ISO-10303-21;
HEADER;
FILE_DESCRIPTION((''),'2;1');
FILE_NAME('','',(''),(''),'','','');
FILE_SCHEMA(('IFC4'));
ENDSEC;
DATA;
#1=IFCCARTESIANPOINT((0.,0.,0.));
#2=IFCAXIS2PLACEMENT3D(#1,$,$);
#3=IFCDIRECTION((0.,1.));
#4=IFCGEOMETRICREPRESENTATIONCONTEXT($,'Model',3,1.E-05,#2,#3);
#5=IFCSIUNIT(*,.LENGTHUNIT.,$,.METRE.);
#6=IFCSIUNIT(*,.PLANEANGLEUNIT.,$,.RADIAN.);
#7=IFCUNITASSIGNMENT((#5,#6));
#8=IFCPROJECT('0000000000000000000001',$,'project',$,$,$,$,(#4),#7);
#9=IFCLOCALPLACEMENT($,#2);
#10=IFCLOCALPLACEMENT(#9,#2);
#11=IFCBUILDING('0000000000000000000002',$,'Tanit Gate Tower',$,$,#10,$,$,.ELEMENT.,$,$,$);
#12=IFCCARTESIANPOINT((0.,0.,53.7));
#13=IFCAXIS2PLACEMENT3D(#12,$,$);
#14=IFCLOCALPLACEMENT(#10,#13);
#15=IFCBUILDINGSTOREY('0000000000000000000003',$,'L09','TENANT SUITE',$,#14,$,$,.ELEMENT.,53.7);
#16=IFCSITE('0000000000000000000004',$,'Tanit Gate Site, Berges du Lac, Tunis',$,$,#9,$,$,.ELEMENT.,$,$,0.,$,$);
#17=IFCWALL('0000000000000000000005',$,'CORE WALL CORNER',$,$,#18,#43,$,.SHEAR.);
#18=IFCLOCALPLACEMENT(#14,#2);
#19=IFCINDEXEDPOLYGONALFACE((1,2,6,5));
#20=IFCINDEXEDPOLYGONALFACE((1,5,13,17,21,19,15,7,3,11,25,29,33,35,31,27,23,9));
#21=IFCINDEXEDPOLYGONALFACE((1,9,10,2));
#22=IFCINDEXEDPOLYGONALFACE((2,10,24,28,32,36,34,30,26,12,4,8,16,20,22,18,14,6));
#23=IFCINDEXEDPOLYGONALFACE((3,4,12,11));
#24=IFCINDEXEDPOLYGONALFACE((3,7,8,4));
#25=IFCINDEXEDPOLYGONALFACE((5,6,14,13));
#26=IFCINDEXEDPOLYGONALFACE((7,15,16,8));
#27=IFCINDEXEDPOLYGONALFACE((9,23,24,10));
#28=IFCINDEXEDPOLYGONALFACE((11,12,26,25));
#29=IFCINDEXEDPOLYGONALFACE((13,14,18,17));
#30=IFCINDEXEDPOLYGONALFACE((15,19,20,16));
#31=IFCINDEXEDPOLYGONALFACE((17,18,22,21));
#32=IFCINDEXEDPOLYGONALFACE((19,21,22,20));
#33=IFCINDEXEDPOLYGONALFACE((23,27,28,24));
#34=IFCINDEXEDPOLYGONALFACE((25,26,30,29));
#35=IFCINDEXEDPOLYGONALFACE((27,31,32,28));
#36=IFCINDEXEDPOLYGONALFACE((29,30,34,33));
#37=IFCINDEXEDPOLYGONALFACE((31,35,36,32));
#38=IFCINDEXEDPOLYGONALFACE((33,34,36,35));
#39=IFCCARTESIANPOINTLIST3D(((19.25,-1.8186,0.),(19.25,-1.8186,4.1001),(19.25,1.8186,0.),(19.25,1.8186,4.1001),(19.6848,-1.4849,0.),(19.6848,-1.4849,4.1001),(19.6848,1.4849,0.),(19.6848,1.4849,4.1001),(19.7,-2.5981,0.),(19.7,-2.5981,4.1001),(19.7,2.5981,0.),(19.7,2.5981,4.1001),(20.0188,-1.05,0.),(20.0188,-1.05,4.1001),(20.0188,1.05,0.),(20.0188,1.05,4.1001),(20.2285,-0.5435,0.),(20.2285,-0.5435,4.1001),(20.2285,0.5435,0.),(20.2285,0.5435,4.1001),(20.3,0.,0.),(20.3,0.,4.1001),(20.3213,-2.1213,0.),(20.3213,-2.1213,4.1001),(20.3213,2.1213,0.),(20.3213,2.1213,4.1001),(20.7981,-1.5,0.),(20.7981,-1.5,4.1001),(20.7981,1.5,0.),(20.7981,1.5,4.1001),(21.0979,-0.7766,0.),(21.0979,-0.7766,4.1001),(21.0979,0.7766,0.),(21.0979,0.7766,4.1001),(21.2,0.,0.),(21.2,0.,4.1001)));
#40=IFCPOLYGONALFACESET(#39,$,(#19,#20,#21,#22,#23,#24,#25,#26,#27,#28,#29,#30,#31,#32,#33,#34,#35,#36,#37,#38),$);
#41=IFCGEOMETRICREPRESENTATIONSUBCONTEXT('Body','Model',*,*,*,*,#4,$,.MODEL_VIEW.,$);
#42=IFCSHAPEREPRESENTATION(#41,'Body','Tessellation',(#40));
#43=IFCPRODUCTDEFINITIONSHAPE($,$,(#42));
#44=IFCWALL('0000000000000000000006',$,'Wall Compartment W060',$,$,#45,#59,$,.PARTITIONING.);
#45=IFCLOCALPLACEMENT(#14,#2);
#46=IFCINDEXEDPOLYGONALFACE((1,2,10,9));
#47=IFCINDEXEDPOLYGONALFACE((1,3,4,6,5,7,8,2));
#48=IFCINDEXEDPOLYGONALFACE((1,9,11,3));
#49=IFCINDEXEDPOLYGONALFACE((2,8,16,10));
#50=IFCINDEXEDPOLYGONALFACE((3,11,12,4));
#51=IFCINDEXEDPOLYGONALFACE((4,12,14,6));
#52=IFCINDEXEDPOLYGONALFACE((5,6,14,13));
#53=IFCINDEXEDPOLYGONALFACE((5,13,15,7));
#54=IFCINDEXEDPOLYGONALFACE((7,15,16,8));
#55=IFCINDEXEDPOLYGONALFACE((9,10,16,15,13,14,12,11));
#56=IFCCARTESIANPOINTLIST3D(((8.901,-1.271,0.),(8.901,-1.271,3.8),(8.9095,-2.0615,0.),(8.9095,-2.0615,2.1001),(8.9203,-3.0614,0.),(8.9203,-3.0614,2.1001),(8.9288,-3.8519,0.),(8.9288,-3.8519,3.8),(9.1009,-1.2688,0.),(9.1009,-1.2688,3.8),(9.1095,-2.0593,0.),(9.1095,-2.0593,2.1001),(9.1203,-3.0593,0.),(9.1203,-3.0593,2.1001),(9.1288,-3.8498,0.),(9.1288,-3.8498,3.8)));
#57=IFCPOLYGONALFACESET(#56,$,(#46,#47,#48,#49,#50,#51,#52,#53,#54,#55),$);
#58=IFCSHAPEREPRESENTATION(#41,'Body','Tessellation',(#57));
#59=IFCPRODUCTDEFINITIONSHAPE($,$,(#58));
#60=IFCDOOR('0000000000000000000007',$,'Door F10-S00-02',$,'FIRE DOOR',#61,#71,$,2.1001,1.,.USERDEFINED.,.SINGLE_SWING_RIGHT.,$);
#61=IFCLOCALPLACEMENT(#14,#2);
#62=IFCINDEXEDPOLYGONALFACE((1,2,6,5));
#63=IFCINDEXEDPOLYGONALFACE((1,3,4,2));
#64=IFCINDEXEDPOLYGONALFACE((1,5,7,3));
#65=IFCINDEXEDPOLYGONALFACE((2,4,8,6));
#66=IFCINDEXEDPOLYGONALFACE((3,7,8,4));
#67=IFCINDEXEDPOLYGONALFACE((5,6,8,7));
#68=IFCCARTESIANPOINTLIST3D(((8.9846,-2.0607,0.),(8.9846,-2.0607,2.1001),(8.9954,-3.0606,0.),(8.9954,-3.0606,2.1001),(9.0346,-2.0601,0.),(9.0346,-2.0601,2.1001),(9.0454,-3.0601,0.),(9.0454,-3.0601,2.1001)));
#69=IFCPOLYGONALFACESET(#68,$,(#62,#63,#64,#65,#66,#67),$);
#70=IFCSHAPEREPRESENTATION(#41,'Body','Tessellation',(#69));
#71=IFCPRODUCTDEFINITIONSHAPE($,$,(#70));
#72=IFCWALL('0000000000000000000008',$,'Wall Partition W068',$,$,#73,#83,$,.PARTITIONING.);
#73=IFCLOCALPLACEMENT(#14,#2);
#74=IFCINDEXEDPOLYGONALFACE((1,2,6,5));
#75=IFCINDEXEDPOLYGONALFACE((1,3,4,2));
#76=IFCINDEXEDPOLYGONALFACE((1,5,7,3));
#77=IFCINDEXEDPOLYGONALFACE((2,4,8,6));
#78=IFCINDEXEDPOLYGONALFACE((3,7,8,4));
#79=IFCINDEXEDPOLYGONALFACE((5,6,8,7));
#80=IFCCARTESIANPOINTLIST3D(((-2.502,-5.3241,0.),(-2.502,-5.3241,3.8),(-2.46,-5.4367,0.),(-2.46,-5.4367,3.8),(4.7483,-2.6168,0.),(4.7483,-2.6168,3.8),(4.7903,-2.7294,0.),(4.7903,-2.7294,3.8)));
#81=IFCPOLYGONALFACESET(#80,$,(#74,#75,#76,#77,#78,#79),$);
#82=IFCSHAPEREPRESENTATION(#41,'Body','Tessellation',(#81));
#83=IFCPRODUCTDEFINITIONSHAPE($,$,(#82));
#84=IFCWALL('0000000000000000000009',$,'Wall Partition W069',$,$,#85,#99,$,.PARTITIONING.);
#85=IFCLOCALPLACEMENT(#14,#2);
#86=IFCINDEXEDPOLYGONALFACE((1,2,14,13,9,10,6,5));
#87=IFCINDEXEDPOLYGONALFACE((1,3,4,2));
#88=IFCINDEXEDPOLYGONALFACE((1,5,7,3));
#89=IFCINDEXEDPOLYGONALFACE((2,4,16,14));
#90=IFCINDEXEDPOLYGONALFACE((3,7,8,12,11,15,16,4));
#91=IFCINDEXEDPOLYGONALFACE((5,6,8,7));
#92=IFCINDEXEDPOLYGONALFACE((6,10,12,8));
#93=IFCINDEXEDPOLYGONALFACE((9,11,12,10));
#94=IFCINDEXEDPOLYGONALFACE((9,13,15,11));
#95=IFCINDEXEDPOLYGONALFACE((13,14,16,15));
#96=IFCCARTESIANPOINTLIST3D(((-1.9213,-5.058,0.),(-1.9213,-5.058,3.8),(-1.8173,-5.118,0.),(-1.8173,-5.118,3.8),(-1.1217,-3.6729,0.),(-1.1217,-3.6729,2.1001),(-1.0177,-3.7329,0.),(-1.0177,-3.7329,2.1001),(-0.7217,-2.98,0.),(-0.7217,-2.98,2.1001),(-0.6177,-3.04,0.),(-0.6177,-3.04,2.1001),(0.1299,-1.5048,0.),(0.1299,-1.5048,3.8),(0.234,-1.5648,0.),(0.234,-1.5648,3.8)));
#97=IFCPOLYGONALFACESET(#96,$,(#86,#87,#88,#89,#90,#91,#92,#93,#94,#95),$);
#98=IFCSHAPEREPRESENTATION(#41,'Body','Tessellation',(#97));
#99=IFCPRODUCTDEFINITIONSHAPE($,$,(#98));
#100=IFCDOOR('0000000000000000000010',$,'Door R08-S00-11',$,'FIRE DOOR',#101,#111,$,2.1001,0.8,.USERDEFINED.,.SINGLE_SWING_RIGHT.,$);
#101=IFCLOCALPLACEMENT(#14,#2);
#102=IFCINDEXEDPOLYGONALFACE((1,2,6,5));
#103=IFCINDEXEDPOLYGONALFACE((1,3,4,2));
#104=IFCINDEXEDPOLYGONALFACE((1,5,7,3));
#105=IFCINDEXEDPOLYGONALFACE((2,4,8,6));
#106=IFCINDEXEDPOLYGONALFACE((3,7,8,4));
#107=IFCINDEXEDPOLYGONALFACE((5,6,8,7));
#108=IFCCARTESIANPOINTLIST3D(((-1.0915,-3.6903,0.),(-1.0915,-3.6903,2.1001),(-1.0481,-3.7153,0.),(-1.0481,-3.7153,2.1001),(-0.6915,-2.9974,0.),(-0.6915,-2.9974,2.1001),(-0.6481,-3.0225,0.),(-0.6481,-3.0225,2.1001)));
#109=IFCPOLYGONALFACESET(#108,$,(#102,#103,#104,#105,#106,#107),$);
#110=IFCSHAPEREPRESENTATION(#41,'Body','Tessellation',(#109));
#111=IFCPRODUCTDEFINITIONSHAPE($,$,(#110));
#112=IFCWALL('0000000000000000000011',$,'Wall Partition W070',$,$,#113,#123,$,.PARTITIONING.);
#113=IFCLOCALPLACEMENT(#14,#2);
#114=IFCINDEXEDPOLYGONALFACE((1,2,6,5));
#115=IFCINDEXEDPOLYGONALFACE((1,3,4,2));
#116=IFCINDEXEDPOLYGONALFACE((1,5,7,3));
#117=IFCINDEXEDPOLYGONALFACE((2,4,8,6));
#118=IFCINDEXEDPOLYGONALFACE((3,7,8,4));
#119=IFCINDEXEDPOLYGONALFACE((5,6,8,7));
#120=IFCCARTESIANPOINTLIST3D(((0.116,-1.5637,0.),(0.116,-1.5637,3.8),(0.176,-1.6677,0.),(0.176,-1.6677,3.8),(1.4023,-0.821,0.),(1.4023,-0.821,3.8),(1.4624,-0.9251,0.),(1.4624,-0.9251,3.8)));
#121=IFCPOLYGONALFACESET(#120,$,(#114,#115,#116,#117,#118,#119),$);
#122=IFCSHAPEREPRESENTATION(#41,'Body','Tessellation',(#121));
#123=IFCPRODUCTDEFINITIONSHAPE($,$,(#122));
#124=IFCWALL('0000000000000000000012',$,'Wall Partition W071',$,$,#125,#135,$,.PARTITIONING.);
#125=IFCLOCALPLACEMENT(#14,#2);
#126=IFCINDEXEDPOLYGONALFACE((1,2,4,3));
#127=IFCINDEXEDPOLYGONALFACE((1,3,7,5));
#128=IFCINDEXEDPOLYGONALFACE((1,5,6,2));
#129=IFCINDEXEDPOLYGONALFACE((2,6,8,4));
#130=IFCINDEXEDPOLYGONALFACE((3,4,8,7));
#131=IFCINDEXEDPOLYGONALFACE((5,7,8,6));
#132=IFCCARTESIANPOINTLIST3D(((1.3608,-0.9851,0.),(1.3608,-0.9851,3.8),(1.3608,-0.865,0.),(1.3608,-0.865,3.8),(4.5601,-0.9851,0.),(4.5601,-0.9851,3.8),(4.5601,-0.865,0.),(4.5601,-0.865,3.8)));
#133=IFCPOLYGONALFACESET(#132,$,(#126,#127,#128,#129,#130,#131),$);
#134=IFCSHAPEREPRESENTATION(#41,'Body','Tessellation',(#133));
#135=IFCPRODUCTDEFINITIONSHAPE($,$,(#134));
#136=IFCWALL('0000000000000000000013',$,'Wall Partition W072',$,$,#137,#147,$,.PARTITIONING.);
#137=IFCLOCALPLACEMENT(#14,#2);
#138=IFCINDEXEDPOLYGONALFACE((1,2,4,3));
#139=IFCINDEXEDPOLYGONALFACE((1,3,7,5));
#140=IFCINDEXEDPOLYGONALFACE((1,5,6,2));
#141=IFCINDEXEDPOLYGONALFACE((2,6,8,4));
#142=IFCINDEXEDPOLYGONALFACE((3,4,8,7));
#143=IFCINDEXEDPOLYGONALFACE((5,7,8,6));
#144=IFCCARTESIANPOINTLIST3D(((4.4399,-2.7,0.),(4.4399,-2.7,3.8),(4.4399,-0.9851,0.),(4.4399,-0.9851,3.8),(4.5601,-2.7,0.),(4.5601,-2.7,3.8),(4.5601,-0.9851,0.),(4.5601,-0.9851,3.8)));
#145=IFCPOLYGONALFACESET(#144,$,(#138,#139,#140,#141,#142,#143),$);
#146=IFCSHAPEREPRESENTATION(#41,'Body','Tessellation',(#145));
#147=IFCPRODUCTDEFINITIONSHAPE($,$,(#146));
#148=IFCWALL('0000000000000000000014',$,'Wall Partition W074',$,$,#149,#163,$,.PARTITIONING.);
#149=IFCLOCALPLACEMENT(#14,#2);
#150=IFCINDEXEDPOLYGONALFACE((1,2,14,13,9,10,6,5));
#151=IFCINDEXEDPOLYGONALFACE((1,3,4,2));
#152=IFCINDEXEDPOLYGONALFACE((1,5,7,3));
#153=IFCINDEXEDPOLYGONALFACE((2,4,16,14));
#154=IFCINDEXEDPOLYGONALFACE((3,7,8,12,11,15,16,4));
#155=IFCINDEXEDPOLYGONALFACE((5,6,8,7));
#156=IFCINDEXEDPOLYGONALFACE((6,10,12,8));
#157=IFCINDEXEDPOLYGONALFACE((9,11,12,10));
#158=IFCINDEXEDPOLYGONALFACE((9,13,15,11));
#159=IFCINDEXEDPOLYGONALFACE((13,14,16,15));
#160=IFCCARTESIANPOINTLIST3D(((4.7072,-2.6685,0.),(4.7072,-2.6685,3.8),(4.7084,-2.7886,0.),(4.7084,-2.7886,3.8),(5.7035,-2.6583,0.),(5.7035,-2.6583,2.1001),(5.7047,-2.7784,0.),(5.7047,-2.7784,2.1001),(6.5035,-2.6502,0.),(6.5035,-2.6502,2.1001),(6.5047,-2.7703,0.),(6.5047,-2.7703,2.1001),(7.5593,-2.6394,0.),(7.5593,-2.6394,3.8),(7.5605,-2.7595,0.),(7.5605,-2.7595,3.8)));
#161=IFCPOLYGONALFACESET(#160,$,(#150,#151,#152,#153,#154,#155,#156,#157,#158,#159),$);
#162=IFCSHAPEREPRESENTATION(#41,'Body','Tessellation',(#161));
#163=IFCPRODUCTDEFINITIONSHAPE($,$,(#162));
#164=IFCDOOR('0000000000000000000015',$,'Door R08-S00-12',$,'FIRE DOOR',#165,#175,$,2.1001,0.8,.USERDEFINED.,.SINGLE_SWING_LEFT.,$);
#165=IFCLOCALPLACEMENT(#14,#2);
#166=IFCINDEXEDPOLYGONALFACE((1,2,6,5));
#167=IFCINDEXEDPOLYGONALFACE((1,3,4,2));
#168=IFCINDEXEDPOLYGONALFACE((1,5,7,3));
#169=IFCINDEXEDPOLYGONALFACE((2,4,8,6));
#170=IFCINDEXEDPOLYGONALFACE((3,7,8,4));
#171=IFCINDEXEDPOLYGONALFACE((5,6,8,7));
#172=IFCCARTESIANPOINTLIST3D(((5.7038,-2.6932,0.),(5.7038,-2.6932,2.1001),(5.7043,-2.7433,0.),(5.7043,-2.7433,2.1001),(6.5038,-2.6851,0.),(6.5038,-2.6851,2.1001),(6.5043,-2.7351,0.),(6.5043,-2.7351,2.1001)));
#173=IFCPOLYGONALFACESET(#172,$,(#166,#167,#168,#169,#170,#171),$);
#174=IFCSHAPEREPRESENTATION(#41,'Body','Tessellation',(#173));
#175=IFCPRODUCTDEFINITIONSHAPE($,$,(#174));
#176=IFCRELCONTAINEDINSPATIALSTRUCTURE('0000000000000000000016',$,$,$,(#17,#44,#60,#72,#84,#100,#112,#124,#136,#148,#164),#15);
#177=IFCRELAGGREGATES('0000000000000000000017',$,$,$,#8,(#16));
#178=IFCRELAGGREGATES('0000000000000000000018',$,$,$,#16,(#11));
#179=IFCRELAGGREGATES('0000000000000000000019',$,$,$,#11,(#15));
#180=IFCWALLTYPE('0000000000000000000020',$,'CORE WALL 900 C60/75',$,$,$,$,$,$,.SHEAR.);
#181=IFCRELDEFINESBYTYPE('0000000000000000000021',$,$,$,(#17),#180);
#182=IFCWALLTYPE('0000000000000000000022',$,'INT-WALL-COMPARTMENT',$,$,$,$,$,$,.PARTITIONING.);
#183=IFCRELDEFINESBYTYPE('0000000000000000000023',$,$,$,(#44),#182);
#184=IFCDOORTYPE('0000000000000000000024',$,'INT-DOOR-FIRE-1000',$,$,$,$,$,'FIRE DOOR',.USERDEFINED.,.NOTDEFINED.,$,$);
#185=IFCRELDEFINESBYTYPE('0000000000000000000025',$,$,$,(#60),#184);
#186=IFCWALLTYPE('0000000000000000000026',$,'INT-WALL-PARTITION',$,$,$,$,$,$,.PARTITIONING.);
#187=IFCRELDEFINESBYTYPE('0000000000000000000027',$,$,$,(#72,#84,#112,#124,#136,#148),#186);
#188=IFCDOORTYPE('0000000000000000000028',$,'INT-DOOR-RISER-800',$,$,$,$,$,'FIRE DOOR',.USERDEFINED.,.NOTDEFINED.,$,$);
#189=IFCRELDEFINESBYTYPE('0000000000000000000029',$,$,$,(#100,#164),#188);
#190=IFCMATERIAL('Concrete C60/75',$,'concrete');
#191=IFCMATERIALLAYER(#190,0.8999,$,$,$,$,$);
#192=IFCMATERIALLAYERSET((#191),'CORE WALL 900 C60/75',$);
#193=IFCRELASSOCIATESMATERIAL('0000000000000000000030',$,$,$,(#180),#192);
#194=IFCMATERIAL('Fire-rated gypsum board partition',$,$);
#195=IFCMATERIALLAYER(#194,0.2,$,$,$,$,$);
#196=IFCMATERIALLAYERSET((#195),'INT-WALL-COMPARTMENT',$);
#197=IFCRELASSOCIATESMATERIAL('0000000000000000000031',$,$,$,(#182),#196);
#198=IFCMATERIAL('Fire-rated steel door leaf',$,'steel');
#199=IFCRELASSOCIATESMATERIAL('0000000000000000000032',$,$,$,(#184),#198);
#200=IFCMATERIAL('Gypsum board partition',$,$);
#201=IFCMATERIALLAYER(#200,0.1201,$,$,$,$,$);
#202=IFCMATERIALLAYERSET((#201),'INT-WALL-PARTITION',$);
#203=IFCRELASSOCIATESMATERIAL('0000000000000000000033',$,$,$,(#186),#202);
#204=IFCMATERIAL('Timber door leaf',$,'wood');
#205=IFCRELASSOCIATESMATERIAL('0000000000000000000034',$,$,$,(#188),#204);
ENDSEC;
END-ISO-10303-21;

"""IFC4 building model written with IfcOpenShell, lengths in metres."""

from ifc_helpers import new_model, si_unit, direction, frame, frame_2d, origin, place, context, subcontext, project, spatial, polyline, rectangle, outline, extrude, material, layer, layer_set, type_object, element, fill, save


model = new_model("IFC4")

# Units and contexts
model_context = context("Model", 3, precision=1e-05, world=origin(), true_north=direction((0.0, 1.0)))
body_context = subcontext(model_context, "Body", "Model", "MODEL_VIEW")
ifc_project = project(units=[si_unit("LENGTHUNIT", "METRE"), si_unit("PLANEANGLEUNIT", "RADIAN")], contexts=[model_context])

# Site, building, storey
site_placement = place(None, origin())
site = spatial("IfcSite", under=ifc_project, at=site_placement, Name="Tanit Gate Site, Berges du Lac, Tunis", CompositionType="ELEMENT", RefElevation=0.0)
building_placement = place(site_placement, origin())
building = spatial("IfcBuilding", under=site, at=building_placement, Name="Tanit Gate Tower", CompositionType="ELEMENT")
storey_placement = place(building_placement, frame((0.0, 0.0, 53.7)))
storey = spatial("IfcBuildingStorey", under=building, at=storey_placement, Name="L09", Description="TENANT SUITE", CompositionType="ELEMENT", Elevation=53.7)

# Wall
ifc_material_1 = material(Name="Concrete C60/75", Category="concrete")
ifc_layer_1 = layer(ifc_material_1, 0.8999)
ifc_layer_set_1 = layer_set([ifc_layer_1], Name="CORE WALL 900 C60/75")
wall_type_1 = type_object("IfcWallType", Name="CORE WALL 900 C60/75", PredefinedType="SHEAR", material=ifc_layer_set_1)
wall_1_placement = place(storey_placement, origin())
element("IfcWall", 1, at=wall_1_placement, inside=storey, type_object=wall_type_1, Name="CORE WALL CORNER", PredefinedType="SHEAR", context=body_context, shape_type="SweptSolid", body=[
    extrude(outline(polyline([(19.7, -2.5981), (20.3213, -2.1213), (20.7981, -1.5), (21.0979, -0.7766), (21.2, 0.0), (21.0979, 0.7766), (20.7981, 1.5), (20.3213, 2.1213), (19.7, 2.5981), (19.25, 1.8186), (19.6848, 1.4849), (20.0188, 1.05), (20.2285, 0.5435), (20.3, 0.0), (20.2285, -0.5435), (20.0188, -1.05), (19.6848, -1.4849), (19.25, -1.8186), (19.7, -2.5981)])), origin(), (0.0, 0.0, 1.0), 4.1001),
])

# Wall, opening, door
ifc_material_2 = material(Name="Fire-rated gypsum board partition")
ifc_layer_2 = layer(ifc_material_2, 0.2)
ifc_layer_set_2 = layer_set([ifc_layer_2], Name="INT-WALL-COMPARTMENT")
wall_type_2 = type_object("IfcWallType", Name="INT-WALL-COMPARTMENT", PredefinedType="PARTITIONING", material=ifc_layer_set_2)
wall_2_placement = place(storey_placement, frame((9.0288, -3.8508, 0.0), z_axis=(0.0, 0.0, 1.0), x_axis=(-0.010784, 0.999942, 0.0)))
wall_2 = element("IfcWall", 2, at=wall_2_placement, inside=storey, type_object=wall_type_2, Name="Wall Compartment W060", PredefinedType="PARTITIONING", context=body_context, shape_type="SweptSolid", body=[
    extrude(rectangle(XDim=2.5811, YDim=0.2, at=frame_2d((1.2905, 0.0))), origin(), (0.0, 0.0, 1.0), 3.8),
])
opening_1_placement = place(wall_2_placement, frame((0.7905, 0.0, 0.0)))
opening_1 = element("IfcOpeningElement", 3, at=opening_1_placement, cuts=wall_2, PredefinedType="OPENING", context=body_context, shape_type="SweptSolid", body=[
    extrude(rectangle(XDim=1.0, YDim=2.1001, at=frame_2d((0.5, 1.05))), frame((0.0, 0.1099, 0.0), z_axis=(0.0, -1.0, 0.0), x_axis=(1.0, 0.0, 0.0)), (0.0, 0.0, 1.0), 0.22),
])
ifc_material_3 = material(Name="Fire-rated steel door leaf", Category="steel")
door_type_1 = type_object("IfcDoorType", Name="INT-DOOR-FIRE-1000", ElementType="FIRE DOOR", OperationType="NOTDEFINED", PredefinedType="USERDEFINED", material=ifc_material_3)
door_1_placement = place(opening_1_placement, origin())
door_1 = element("IfcDoor", 4, at=door_1_placement, inside=storey, type_object=door_type_1, Name="Door F10-S00-02", ObjectType="FIRE DOOR", OperationType="SINGLE_SWING_RIGHT", OverallHeight=2.1001, OverallWidth=1.0, PredefinedType="USERDEFINED", context=body_context, shape_type="SweptSolid", body=[
    extrude(rectangle(XDim=1.0, YDim=2.1001, at=frame_2d((0.5, 1.05))), frame((0.0, 0.0249, 0.0), z_axis=(0.0, -1.0, 0.0), x_axis=(1.0, 0.0, 0.0)), (0.0, 0.0, 1.0), 0.05),
])
fill(opening_1, door_1)

# Wall
ifc_material_4 = material(Name="Gypsum board partition")
ifc_layer_3 = layer(ifc_material_4, 0.1201)
ifc_layer_set_3 = layer_set([ifc_layer_3], Name="INT-WALL-PARTITION")
wall_type_3 = type_object("IfcWallType", Name="INT-WALL-PARTITION", PredefinedType="PARTITIONING", material=ifc_layer_set_3)
wall_3_placement = place(storey_placement, frame((4.7693, -2.6731, 0.0), z_axis=(0.0, 0.0, 1.0), x_axis=(-0.93682, -0.349813, 0.0)))
element("IfcWall", 5, at=wall_3_placement, inside=storey, type_object=wall_type_3, Name="Wall Partition W068", PredefinedType="PARTITIONING", context=body_context, shape_type="SweptSolid", body=[
    extrude(rectangle(XDim=7.7393, YDim=0.1201, at=frame_2d((3.8696, 0.0))), origin(), (0.0, 0.0, 1.0), 3.8),
])

# Wall, opening, door
wall_4_placement = place(storey_placement, frame((0.1819, -1.5349, 0.0), z_axis=(0.0, 0.0, 1.0), x_axis=(-0.499966, -0.866045, 0.0)))
wall_4 = element("IfcWall", 6, at=wall_4_placement, inside=storey, type_object=wall_type_3, Name="Wall Partition W069", PredefinedType="PARTITIONING", context=body_context, shape_type="SweptSolid", body=[
    extrude(rectangle(XDim=4.1028, YDim=0.1201, at=frame_2d((2.0513, 0.0))), origin(), (0.0, 0.0, 1.0), 3.8),
])
opening_2_placement = place(wall_4_placement, frame((1.7034, 0.0, 0.0)))
opening_2 = element("IfcOpeningElement", 7, at=opening_2_placement, cuts=wall_4, PredefinedType="OPENING", context=body_context, shape_type="SweptSolid", body=[
    extrude(rectangle(XDim=0.8, YDim=2.1001, at=frame_2d((0.3999, 1.05))), frame((0.0, 0.0701, 0.0), z_axis=(0.0, -1.0, 0.0), x_axis=(1.0, 0.0, 0.0)), (0.0, 0.0, 1.0), 0.1401),
])
ifc_material_5 = material(Name="Timber door leaf", Category="wood")
door_type_2 = type_object("IfcDoorType", Name="INT-DOOR-RISER-800", ElementType="FIRE DOOR", OperationType="NOTDEFINED", PredefinedType="USERDEFINED", material=ifc_material_5)
door_2_placement = place(opening_2_placement, origin())
door_2 = element("IfcDoor", 8, at=door_2_placement, inside=storey, type_object=door_type_2, Name="Door R08-S00-11", ObjectType="FIRE DOOR", OperationType="SINGLE_SWING_RIGHT", OverallHeight=2.1001, OverallWidth=0.8, PredefinedType="USERDEFINED", context=body_context, shape_type="SweptSolid", body=[
    extrude(rectangle(XDim=0.8, YDim=2.1001, at=frame_2d((0.3999, 1.05))), frame((0.0, 0.0249, 0.0), z_axis=(0.0, -1.0, 0.0), x_axis=(1.0, 0.0, 0.0)), (0.0, 0.0, 1.0), 0.05),
])
fill(opening_2, door_2)

# Walls
wall_5_placement = place(storey_placement, frame((1.4324, -0.873, 0.0), z_axis=(0.0, 0.0, 1.0), x_axis=(-0.86603, -0.499993, 0.0)))
element("IfcWall", 9, at=wall_5_placement, inside=storey, type_object=wall_type_3, Name="Wall Partition W070", PredefinedType="PARTITIONING", context=body_context, shape_type="SweptSolid", body=[
    extrude(rectangle(XDim=1.4854, YDim=0.1201, at=frame_2d((0.7427, 0.0))), origin(), (0.0, 0.0, 1.0), 3.8),
])
wall_6_placement = place(storey_placement, frame((4.5601, -0.925, 0.0), z_axis=(0.0, 0.0, 1.0), x_axis=(-1.0, 0.0, 0.0)))
element("IfcWall", 10, at=wall_6_placement, inside=storey, type_object=wall_type_3, Name="Wall Partition W071", PredefinedType="PARTITIONING", context=body_context, shape_type="SweptSolid", body=[
    extrude(rectangle(XDim=3.1992, YDim=0.1201, at=frame_2d((1.5996, 0.0))), origin(), (0.0, 0.0, 1.0), 3.8),
])
wall_7_placement = place(storey_placement, frame((4.5, -2.7, 0.0), z_axis=(0.0, 0.0, 1.0), x_axis=(0.0, 1.0, 0.0)))
element("IfcWall", 11, at=wall_7_placement, inside=storey, type_object=wall_type_3, Name="Wall Partition W072", PredefinedType="PARTITIONING", context=body_context, shape_type="SweptSolid", body=[
    extrude(rectangle(XDim=1.7148, YDim=0.1201, at=frame_2d((0.8574, 0.0))), origin(), (0.0, 0.0, 1.0), 3.8),
])

# Wall, opening, door
wall_8_placement = place(storey_placement, frame((7.5601, -2.6995, 0.0), z_axis=(0.0, 0.0, 1.0), x_axis=(-0.999948, -0.010186, 0.0)))
wall_8 = element("IfcWall", 12, at=wall_8_placement, inside=storey, type_object=wall_type_3, Name="Wall Partition W074", PredefinedType="PARTITIONING", context=body_context, shape_type="SweptSolid", body=[
    extrude(rectangle(XDim=2.8523, YDim=0.1201, at=frame_2d((1.4263, 0.0))), origin(), (0.0, 0.0, 1.0), 3.8),
])
opening_3_placement = place(wall_8_placement, frame((1.0562, 0.0, 0.0)))
opening_3 = element("IfcOpeningElement", 13, at=opening_3_placement, cuts=wall_8, PredefinedType="OPENING", context=body_context, shape_type="SweptSolid", body=[
    extrude(rectangle(XDim=0.8, YDim=2.1001, at=frame_2d((0.3999, 1.05))), frame((0.0, 0.0701, 0.0), z_axis=(0.0, -1.0, 0.0), x_axis=(1.0, 0.0, 0.0)), (0.0, 0.0, 1.0), 0.1401),
])
door_3_placement = place(opening_3_placement, origin())
door_3 = element("IfcDoor", 14, at=door_3_placement, inside=storey, type_object=door_type_2, Name="Door R08-S00-12", ObjectType="FIRE DOOR", OperationType="SINGLE_SWING_LEFT", OverallHeight=2.1001, OverallWidth=0.8, PredefinedType="USERDEFINED", context=body_context, shape_type="SweptSolid", body=[
    extrude(rectangle(XDim=0.8, YDim=2.1001, at=frame_2d((0.3999, 1.05))), frame((0.0, 0.0249, 0.0), z_axis=(0.0, -1.0, 0.0), x_axis=(1.0, 0.0, 0.0)), (0.0, 0.0, 1.0), 0.05),
])
fill(opening_3, door_3)

save(model, "model.ifc")
